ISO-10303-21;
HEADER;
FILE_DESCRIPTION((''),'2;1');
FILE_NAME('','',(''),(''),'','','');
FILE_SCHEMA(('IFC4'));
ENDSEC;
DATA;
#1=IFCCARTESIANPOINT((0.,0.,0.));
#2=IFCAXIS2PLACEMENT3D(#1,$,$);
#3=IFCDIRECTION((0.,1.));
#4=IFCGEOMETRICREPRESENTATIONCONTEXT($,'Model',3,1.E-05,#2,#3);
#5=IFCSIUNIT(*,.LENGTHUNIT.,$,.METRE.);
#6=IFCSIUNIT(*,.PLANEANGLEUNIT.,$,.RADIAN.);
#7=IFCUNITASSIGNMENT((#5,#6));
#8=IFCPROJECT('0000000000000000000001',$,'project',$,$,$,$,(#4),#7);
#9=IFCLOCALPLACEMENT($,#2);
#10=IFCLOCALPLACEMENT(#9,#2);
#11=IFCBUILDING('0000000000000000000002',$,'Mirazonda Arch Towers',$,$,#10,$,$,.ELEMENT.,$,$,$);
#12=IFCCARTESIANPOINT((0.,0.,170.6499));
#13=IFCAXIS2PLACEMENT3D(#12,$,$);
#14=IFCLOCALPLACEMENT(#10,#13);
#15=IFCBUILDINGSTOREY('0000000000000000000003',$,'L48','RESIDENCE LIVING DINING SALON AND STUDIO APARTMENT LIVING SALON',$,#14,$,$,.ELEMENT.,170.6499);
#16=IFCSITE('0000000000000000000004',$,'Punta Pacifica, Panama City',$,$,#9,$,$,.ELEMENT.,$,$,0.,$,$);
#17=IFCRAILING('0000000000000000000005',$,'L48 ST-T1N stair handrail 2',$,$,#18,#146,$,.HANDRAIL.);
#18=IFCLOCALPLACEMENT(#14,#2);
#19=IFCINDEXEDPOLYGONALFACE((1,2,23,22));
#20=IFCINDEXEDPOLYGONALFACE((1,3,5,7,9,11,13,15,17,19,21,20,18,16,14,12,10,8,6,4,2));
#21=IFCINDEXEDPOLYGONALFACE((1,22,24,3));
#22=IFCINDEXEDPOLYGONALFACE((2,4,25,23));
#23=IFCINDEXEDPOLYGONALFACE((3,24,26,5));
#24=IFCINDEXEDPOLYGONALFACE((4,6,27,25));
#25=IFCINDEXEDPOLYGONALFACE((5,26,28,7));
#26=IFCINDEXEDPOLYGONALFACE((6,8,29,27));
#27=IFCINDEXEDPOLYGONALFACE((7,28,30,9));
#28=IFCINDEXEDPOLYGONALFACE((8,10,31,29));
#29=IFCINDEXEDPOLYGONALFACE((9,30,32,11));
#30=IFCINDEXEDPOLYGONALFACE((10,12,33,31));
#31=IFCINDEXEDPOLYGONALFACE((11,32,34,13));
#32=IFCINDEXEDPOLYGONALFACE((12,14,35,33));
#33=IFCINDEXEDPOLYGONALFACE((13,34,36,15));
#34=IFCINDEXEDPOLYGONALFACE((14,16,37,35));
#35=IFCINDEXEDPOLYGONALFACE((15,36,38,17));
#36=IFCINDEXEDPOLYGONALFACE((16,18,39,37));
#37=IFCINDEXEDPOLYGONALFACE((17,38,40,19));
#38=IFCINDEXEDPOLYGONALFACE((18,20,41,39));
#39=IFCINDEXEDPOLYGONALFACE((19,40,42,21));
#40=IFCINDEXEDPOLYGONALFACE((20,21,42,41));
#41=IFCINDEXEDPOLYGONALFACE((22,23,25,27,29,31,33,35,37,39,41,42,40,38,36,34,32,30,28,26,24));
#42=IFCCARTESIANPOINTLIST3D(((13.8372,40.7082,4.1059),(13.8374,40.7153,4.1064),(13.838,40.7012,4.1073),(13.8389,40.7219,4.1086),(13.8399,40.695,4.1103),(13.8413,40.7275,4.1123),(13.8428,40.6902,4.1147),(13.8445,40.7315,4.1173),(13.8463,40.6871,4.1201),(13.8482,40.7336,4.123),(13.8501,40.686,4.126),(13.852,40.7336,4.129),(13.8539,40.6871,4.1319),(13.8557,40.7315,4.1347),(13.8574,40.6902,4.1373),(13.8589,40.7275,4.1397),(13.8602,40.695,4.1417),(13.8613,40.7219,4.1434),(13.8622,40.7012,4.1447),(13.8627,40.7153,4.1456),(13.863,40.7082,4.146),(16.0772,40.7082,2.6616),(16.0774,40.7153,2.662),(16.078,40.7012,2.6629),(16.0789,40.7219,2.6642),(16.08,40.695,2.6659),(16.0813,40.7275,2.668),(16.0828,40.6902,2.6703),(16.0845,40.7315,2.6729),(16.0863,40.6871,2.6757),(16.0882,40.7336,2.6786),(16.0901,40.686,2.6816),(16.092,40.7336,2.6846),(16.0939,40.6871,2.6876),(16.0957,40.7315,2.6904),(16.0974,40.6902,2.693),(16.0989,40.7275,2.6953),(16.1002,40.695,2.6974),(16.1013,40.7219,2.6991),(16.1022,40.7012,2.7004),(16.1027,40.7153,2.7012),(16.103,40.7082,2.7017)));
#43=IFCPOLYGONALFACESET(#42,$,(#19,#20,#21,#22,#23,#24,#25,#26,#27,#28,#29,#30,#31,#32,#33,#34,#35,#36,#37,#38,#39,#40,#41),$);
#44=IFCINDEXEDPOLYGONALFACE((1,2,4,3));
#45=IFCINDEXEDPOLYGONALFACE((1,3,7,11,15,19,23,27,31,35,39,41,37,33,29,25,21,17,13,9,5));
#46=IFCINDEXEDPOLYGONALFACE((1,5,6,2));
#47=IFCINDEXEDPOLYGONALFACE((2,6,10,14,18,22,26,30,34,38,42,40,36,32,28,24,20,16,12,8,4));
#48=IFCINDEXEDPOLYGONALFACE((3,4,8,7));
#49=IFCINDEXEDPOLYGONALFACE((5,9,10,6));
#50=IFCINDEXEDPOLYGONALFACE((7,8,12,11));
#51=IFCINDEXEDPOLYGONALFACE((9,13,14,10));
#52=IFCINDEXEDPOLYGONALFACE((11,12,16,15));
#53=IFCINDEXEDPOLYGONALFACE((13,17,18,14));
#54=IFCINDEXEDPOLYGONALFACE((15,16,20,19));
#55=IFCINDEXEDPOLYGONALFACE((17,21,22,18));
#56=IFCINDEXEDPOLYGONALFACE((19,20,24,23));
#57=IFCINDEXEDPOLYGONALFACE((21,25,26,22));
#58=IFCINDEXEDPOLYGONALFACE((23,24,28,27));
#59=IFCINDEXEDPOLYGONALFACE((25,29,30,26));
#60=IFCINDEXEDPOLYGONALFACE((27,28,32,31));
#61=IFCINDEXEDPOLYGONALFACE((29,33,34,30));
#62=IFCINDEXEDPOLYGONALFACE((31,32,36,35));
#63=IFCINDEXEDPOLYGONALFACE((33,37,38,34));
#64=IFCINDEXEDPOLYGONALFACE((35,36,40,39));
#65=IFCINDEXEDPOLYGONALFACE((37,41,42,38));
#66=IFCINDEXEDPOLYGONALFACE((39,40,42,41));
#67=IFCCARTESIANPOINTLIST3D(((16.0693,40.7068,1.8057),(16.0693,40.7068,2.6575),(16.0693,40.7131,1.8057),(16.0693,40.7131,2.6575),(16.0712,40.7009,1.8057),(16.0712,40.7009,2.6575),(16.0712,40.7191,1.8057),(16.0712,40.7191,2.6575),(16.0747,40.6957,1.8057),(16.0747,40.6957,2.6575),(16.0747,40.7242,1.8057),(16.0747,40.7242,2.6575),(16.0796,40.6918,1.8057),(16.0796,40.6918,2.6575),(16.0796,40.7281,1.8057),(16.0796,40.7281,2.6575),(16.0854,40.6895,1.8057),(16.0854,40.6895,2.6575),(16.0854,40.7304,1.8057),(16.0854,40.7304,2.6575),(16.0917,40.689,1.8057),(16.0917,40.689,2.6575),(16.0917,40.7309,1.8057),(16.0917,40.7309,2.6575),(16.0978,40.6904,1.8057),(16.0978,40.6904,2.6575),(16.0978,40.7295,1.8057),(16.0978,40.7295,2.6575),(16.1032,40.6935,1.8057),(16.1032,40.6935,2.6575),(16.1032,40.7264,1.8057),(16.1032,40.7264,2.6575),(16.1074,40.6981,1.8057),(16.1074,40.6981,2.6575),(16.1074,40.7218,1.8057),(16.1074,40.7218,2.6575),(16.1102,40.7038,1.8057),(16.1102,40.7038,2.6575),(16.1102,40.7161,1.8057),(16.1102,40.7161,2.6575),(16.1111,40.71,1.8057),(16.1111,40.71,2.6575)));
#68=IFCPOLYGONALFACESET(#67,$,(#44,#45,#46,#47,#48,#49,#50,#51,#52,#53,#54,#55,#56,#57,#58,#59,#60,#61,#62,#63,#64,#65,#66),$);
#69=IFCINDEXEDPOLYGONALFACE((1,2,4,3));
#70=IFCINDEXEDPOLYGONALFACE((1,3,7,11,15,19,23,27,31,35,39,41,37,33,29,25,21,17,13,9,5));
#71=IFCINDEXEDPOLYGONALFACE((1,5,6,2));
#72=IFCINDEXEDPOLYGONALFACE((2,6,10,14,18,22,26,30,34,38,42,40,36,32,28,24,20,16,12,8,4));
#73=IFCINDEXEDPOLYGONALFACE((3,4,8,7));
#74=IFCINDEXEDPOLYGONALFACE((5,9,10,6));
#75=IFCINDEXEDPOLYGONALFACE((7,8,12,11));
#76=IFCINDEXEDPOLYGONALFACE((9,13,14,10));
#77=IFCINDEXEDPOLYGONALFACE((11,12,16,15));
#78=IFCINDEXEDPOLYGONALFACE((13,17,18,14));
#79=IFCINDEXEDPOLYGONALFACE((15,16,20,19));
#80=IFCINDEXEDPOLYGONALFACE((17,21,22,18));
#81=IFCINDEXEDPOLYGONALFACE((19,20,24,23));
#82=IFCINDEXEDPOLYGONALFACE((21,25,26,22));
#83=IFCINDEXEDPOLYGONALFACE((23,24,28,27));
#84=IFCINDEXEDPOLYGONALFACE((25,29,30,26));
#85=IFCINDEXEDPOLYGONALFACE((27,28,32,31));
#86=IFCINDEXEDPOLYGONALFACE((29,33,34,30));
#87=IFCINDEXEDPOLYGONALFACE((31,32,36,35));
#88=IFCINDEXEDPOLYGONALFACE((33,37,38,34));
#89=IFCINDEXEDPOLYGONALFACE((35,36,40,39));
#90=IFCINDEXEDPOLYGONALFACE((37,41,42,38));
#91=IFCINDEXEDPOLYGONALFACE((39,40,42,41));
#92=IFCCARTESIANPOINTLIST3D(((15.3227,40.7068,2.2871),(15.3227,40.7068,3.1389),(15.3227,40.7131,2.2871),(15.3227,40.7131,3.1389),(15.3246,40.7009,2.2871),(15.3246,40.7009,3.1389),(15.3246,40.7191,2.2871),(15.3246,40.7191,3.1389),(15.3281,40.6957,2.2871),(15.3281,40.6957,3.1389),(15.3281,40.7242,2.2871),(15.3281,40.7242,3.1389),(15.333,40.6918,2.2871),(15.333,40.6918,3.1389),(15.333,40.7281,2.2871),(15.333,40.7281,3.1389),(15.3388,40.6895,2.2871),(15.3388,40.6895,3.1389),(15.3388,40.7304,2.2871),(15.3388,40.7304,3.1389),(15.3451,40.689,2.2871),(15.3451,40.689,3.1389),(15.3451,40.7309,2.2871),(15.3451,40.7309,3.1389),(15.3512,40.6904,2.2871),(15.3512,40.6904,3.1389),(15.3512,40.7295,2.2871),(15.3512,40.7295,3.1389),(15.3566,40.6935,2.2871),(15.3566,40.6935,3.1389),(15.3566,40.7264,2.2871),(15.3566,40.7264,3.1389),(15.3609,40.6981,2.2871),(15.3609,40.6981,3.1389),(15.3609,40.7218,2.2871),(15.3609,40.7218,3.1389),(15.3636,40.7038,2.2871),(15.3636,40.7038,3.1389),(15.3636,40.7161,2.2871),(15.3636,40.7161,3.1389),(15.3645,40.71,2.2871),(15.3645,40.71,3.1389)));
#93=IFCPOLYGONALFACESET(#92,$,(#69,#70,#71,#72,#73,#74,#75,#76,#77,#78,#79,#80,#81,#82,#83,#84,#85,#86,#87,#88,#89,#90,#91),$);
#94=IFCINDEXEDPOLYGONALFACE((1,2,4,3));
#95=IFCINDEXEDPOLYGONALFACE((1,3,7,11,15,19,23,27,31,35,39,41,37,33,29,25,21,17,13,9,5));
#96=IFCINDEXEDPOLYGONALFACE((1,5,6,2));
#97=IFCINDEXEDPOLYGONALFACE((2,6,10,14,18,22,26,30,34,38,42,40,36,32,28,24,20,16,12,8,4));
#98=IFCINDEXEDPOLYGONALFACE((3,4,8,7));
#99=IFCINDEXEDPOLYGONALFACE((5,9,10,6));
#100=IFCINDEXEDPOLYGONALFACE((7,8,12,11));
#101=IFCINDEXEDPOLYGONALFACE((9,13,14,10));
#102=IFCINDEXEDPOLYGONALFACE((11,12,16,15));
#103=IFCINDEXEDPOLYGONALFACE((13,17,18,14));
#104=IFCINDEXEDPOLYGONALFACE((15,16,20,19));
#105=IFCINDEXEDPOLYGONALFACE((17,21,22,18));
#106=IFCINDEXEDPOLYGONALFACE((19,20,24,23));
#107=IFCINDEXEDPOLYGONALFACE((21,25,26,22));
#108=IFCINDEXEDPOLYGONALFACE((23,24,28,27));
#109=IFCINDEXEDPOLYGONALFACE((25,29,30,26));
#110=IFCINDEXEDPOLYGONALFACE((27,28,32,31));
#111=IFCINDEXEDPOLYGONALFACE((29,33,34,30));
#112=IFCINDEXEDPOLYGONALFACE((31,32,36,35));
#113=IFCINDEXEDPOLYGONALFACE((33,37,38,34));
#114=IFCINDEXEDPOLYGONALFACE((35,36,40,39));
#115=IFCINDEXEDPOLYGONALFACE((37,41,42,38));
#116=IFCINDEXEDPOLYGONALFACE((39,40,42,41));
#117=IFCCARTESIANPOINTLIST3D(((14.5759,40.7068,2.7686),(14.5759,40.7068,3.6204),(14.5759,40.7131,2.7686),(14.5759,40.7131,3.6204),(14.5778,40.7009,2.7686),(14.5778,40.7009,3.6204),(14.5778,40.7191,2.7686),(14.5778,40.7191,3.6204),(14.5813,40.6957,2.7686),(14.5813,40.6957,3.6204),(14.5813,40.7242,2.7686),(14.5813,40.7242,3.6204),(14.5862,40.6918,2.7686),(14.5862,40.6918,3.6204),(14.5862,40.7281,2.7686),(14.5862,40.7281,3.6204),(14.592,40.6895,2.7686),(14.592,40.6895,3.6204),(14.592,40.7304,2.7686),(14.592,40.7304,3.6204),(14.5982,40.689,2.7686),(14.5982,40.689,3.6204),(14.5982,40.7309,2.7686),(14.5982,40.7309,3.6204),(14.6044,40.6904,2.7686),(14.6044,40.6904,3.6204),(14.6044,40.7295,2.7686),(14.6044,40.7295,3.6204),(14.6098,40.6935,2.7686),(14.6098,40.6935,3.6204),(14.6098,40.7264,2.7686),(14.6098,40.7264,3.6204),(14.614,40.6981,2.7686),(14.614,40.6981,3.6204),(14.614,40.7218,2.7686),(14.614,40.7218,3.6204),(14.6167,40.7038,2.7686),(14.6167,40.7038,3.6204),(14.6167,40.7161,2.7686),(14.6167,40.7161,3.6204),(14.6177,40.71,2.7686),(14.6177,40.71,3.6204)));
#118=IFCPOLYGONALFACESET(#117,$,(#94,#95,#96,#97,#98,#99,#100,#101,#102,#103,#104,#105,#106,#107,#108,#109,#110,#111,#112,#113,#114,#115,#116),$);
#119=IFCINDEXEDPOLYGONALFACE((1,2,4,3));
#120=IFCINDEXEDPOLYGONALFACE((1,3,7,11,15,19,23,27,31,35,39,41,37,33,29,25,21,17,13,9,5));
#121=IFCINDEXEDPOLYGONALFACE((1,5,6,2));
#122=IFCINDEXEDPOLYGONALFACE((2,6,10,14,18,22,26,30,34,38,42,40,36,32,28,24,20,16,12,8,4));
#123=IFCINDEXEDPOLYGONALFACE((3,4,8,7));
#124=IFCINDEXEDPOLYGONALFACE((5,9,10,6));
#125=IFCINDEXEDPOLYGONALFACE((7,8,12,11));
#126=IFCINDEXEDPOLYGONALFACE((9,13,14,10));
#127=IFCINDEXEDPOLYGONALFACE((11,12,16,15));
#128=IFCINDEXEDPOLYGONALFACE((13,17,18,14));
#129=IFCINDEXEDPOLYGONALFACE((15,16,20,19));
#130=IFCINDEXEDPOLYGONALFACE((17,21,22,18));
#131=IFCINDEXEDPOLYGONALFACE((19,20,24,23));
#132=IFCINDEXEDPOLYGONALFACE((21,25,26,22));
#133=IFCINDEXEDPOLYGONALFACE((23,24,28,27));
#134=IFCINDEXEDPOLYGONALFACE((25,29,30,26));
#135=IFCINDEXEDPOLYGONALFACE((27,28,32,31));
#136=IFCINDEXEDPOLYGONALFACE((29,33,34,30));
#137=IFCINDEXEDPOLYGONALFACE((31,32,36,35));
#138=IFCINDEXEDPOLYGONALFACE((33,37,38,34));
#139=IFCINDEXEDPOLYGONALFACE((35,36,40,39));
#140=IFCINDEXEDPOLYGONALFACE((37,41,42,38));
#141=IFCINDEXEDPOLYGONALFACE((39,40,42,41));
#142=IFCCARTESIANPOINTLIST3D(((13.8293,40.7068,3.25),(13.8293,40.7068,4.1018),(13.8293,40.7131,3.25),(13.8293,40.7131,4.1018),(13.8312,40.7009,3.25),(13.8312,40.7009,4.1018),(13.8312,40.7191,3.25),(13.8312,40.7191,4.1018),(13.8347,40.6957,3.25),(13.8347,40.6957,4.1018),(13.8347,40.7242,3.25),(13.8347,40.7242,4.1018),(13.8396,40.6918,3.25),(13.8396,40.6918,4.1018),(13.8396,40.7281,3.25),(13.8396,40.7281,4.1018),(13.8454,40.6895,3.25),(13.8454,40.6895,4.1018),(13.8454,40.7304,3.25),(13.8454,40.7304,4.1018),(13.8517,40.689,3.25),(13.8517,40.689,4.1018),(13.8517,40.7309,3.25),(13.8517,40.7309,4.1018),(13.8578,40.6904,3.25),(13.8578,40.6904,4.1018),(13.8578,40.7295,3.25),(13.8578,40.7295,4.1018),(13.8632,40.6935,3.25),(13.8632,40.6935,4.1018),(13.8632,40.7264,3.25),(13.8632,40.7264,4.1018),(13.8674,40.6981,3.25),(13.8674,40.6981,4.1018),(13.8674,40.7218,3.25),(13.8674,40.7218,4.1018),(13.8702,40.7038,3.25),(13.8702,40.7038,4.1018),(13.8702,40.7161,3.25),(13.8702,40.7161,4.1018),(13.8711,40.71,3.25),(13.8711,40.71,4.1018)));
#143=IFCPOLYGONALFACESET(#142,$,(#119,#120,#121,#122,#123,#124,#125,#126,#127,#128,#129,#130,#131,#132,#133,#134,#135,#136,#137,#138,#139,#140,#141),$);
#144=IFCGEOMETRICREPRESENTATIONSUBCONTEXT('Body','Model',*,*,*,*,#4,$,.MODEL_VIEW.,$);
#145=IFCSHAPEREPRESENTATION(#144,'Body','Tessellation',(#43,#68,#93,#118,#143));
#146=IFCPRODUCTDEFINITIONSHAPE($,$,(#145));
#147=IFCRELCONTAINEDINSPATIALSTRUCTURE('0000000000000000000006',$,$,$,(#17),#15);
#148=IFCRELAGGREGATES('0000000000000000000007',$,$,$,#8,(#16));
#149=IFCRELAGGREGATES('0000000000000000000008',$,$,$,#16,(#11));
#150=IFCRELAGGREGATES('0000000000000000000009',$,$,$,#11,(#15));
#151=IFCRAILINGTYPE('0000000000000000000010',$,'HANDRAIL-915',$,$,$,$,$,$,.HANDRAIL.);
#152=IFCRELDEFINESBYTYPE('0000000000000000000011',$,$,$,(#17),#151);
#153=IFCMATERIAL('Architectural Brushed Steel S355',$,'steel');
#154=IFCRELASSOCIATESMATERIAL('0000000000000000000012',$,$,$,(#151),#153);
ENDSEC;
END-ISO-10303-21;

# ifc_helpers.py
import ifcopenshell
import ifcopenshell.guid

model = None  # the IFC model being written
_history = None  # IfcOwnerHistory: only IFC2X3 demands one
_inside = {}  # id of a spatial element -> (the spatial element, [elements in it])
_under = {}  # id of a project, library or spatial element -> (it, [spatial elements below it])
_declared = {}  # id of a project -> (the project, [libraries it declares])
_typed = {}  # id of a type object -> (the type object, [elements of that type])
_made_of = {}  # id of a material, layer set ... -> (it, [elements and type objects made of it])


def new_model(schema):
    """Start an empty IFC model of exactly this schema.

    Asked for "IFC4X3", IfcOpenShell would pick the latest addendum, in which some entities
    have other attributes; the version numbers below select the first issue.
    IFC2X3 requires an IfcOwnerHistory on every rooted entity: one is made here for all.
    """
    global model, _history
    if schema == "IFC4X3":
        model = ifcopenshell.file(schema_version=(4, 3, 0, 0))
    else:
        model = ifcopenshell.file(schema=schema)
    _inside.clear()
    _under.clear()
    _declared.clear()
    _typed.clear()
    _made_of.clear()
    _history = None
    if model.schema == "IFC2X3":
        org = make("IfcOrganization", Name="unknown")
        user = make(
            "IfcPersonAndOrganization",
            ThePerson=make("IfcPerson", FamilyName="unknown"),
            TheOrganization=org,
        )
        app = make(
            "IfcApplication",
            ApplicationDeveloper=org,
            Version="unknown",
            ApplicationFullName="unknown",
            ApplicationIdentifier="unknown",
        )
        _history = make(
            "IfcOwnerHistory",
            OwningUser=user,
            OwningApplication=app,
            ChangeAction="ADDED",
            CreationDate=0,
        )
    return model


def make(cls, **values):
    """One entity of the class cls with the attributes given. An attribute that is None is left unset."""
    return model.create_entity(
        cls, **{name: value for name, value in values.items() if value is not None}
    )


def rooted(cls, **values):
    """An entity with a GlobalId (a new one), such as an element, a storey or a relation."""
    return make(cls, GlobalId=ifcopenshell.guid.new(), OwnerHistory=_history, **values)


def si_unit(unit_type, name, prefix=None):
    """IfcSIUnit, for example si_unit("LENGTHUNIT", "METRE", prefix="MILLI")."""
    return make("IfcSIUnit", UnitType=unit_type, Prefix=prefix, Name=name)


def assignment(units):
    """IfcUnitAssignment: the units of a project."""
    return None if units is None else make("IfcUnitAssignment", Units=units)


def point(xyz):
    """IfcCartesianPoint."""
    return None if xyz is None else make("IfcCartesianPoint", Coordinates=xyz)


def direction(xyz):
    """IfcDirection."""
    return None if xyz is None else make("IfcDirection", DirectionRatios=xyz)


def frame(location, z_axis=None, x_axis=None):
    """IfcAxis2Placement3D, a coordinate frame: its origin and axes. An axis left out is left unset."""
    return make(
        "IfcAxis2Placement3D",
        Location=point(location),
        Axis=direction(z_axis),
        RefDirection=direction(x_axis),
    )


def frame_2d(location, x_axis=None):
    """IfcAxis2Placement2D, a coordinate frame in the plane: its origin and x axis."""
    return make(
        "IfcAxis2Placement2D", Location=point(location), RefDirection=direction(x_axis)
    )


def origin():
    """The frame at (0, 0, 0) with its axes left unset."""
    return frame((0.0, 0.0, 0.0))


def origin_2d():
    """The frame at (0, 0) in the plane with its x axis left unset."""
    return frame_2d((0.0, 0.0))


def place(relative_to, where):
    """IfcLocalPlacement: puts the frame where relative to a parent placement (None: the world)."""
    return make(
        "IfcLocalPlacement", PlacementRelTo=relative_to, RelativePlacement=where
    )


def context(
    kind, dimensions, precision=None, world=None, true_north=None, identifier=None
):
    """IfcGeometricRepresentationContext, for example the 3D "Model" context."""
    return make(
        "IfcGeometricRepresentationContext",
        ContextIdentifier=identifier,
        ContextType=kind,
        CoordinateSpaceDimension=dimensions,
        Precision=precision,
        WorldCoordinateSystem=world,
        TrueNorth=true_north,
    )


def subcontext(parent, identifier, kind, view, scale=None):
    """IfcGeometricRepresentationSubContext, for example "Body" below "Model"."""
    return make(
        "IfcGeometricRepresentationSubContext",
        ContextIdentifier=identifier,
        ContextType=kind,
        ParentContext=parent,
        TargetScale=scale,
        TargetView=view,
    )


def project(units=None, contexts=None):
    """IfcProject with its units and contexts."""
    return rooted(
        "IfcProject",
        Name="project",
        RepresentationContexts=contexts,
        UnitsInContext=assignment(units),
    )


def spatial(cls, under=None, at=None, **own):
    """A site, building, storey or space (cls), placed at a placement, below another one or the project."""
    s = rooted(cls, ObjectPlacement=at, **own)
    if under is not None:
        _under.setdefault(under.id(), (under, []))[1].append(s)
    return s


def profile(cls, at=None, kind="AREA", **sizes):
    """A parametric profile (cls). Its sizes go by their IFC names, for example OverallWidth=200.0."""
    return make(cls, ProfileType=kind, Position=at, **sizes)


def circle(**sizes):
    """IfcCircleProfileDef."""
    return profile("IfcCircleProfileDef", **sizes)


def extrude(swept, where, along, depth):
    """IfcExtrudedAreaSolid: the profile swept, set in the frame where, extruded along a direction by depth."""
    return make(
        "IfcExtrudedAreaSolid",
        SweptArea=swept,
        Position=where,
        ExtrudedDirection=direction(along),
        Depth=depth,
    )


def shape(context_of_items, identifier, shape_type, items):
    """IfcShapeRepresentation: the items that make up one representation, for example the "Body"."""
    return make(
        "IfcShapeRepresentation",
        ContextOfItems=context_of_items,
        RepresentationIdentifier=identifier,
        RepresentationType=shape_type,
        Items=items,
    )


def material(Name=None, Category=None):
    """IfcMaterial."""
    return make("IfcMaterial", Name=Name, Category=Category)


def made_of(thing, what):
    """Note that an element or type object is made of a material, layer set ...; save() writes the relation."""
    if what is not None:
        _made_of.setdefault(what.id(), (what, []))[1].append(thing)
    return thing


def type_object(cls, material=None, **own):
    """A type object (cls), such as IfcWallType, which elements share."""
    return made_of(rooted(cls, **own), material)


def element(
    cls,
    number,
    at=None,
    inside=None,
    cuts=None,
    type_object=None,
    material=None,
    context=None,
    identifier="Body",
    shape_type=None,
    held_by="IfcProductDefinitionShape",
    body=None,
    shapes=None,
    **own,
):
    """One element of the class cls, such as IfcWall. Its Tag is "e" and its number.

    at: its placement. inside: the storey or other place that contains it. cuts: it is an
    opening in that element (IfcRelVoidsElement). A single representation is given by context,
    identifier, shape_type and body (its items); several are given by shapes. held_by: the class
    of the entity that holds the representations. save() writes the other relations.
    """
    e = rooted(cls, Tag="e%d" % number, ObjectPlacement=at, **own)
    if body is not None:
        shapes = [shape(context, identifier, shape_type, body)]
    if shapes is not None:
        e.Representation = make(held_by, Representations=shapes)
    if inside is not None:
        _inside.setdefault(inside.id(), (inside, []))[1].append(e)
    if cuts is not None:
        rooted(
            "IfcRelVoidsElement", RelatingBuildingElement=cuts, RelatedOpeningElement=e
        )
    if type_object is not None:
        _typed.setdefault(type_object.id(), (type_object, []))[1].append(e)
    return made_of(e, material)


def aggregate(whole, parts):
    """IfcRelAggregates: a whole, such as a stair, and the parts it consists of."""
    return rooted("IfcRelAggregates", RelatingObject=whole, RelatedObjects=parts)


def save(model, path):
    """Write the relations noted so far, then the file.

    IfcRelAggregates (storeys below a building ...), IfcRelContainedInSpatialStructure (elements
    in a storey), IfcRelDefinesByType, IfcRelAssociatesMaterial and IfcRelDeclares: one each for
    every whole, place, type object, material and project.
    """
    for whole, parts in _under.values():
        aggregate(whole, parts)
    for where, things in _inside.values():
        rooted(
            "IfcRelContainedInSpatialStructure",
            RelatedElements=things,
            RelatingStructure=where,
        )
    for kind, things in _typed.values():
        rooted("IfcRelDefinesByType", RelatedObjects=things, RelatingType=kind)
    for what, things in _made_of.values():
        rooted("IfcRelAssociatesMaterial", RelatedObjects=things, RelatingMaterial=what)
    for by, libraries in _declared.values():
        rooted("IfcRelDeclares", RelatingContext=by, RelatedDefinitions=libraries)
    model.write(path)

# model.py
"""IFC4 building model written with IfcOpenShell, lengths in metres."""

from ifc_helpers import new_model, si_unit, direction, frame, origin, origin_2d, place, context, subcontext, project, spatial, circle, extrude, material, type_object, element, save


model = new_model("IFC4")

# Units and contexts
model_context = context("Model", 3, precision=1e-05, world=origin(), true_north=direction((0.0, 1.0)))
body_context = subcontext(model_context, "Body", "Model", "MODEL_VIEW")
ifc_project = project(units=[si_unit("LENGTHUNIT", "METRE"), si_unit("PLANEANGLEUNIT", "RADIAN")], contexts=[model_context])

# Site, building, storey
site_placement = place(None, origin())
site = spatial("IfcSite", under=ifc_project, at=site_placement, Name="Punta Pacifica, Panama City", CompositionType="ELEMENT", RefElevation=0.0)
building_placement = place(site_placement, origin())
building = spatial("IfcBuilding", under=site, at=building_placement, Name="Mirazonda Arch Towers", CompositionType="ELEMENT")
storey_placement = place(building_placement, frame((0.0, 0.0, 170.6499)))
storey = spatial("IfcBuildingStorey", under=building, at=storey_placement, Name="L48", Description="RESIDENCE LIVING DINING SALON AND STUDIO APARTMENT LIVING SALON", CompositionType="ELEMENT", Elevation=170.6499)

# Shared definitions
ifc_material_1 = material(Name="Architectural Brushed Steel S355", Category="steel")

# Railing
railing_type_1 = type_object("IfcRailingType", Name="HANDRAIL-915", PredefinedType="HANDRAIL", material=ifc_material_1)
railing_1_placement = place(storey_placement, frame((16.0901, 40.71, 1.8057)))
element("IfcRailing", 1, at=railing_1_placement, inside=storey, type_object=railing_type_1, Name="L48 ST-T1N stair handrail 2", PredefinedType="HANDRAIL", context=body_context, shape_type="SweptSolid", body=[
    extrude(circle(Radius=0.0239, at=origin_2d()), frame((0.0, 0.0, 0.876), z_axis=(-0.840437, 0.0, 0.54191), x_axis=(0.0, -1.0, 0.0)), (0.0, 0.0, 1.0), 2.6653),
    extrude(circle(Radius=0.021, at=origin_2d()), origin(), (0.0, 0.0, 1.0), 0.8518),
    extrude(circle(Radius=0.021, at=origin_2d()), frame((-0.7466, 0.0, 0.4814)), (0.0, 0.0, 1.0), 0.8518),
    extrude(circle(Radius=0.021, at=origin_2d()), frame((-1.4934, 0.0, 0.9629)), (0.0, 0.0, 1.0), 0.8518),
    extrude(circle(Radius=0.021, at=origin_2d()), frame((-2.24, 0.0, 1.4443)), (0.0, 0.0, 1.0), 0.8518),
])

save(model, "model.ifc")
